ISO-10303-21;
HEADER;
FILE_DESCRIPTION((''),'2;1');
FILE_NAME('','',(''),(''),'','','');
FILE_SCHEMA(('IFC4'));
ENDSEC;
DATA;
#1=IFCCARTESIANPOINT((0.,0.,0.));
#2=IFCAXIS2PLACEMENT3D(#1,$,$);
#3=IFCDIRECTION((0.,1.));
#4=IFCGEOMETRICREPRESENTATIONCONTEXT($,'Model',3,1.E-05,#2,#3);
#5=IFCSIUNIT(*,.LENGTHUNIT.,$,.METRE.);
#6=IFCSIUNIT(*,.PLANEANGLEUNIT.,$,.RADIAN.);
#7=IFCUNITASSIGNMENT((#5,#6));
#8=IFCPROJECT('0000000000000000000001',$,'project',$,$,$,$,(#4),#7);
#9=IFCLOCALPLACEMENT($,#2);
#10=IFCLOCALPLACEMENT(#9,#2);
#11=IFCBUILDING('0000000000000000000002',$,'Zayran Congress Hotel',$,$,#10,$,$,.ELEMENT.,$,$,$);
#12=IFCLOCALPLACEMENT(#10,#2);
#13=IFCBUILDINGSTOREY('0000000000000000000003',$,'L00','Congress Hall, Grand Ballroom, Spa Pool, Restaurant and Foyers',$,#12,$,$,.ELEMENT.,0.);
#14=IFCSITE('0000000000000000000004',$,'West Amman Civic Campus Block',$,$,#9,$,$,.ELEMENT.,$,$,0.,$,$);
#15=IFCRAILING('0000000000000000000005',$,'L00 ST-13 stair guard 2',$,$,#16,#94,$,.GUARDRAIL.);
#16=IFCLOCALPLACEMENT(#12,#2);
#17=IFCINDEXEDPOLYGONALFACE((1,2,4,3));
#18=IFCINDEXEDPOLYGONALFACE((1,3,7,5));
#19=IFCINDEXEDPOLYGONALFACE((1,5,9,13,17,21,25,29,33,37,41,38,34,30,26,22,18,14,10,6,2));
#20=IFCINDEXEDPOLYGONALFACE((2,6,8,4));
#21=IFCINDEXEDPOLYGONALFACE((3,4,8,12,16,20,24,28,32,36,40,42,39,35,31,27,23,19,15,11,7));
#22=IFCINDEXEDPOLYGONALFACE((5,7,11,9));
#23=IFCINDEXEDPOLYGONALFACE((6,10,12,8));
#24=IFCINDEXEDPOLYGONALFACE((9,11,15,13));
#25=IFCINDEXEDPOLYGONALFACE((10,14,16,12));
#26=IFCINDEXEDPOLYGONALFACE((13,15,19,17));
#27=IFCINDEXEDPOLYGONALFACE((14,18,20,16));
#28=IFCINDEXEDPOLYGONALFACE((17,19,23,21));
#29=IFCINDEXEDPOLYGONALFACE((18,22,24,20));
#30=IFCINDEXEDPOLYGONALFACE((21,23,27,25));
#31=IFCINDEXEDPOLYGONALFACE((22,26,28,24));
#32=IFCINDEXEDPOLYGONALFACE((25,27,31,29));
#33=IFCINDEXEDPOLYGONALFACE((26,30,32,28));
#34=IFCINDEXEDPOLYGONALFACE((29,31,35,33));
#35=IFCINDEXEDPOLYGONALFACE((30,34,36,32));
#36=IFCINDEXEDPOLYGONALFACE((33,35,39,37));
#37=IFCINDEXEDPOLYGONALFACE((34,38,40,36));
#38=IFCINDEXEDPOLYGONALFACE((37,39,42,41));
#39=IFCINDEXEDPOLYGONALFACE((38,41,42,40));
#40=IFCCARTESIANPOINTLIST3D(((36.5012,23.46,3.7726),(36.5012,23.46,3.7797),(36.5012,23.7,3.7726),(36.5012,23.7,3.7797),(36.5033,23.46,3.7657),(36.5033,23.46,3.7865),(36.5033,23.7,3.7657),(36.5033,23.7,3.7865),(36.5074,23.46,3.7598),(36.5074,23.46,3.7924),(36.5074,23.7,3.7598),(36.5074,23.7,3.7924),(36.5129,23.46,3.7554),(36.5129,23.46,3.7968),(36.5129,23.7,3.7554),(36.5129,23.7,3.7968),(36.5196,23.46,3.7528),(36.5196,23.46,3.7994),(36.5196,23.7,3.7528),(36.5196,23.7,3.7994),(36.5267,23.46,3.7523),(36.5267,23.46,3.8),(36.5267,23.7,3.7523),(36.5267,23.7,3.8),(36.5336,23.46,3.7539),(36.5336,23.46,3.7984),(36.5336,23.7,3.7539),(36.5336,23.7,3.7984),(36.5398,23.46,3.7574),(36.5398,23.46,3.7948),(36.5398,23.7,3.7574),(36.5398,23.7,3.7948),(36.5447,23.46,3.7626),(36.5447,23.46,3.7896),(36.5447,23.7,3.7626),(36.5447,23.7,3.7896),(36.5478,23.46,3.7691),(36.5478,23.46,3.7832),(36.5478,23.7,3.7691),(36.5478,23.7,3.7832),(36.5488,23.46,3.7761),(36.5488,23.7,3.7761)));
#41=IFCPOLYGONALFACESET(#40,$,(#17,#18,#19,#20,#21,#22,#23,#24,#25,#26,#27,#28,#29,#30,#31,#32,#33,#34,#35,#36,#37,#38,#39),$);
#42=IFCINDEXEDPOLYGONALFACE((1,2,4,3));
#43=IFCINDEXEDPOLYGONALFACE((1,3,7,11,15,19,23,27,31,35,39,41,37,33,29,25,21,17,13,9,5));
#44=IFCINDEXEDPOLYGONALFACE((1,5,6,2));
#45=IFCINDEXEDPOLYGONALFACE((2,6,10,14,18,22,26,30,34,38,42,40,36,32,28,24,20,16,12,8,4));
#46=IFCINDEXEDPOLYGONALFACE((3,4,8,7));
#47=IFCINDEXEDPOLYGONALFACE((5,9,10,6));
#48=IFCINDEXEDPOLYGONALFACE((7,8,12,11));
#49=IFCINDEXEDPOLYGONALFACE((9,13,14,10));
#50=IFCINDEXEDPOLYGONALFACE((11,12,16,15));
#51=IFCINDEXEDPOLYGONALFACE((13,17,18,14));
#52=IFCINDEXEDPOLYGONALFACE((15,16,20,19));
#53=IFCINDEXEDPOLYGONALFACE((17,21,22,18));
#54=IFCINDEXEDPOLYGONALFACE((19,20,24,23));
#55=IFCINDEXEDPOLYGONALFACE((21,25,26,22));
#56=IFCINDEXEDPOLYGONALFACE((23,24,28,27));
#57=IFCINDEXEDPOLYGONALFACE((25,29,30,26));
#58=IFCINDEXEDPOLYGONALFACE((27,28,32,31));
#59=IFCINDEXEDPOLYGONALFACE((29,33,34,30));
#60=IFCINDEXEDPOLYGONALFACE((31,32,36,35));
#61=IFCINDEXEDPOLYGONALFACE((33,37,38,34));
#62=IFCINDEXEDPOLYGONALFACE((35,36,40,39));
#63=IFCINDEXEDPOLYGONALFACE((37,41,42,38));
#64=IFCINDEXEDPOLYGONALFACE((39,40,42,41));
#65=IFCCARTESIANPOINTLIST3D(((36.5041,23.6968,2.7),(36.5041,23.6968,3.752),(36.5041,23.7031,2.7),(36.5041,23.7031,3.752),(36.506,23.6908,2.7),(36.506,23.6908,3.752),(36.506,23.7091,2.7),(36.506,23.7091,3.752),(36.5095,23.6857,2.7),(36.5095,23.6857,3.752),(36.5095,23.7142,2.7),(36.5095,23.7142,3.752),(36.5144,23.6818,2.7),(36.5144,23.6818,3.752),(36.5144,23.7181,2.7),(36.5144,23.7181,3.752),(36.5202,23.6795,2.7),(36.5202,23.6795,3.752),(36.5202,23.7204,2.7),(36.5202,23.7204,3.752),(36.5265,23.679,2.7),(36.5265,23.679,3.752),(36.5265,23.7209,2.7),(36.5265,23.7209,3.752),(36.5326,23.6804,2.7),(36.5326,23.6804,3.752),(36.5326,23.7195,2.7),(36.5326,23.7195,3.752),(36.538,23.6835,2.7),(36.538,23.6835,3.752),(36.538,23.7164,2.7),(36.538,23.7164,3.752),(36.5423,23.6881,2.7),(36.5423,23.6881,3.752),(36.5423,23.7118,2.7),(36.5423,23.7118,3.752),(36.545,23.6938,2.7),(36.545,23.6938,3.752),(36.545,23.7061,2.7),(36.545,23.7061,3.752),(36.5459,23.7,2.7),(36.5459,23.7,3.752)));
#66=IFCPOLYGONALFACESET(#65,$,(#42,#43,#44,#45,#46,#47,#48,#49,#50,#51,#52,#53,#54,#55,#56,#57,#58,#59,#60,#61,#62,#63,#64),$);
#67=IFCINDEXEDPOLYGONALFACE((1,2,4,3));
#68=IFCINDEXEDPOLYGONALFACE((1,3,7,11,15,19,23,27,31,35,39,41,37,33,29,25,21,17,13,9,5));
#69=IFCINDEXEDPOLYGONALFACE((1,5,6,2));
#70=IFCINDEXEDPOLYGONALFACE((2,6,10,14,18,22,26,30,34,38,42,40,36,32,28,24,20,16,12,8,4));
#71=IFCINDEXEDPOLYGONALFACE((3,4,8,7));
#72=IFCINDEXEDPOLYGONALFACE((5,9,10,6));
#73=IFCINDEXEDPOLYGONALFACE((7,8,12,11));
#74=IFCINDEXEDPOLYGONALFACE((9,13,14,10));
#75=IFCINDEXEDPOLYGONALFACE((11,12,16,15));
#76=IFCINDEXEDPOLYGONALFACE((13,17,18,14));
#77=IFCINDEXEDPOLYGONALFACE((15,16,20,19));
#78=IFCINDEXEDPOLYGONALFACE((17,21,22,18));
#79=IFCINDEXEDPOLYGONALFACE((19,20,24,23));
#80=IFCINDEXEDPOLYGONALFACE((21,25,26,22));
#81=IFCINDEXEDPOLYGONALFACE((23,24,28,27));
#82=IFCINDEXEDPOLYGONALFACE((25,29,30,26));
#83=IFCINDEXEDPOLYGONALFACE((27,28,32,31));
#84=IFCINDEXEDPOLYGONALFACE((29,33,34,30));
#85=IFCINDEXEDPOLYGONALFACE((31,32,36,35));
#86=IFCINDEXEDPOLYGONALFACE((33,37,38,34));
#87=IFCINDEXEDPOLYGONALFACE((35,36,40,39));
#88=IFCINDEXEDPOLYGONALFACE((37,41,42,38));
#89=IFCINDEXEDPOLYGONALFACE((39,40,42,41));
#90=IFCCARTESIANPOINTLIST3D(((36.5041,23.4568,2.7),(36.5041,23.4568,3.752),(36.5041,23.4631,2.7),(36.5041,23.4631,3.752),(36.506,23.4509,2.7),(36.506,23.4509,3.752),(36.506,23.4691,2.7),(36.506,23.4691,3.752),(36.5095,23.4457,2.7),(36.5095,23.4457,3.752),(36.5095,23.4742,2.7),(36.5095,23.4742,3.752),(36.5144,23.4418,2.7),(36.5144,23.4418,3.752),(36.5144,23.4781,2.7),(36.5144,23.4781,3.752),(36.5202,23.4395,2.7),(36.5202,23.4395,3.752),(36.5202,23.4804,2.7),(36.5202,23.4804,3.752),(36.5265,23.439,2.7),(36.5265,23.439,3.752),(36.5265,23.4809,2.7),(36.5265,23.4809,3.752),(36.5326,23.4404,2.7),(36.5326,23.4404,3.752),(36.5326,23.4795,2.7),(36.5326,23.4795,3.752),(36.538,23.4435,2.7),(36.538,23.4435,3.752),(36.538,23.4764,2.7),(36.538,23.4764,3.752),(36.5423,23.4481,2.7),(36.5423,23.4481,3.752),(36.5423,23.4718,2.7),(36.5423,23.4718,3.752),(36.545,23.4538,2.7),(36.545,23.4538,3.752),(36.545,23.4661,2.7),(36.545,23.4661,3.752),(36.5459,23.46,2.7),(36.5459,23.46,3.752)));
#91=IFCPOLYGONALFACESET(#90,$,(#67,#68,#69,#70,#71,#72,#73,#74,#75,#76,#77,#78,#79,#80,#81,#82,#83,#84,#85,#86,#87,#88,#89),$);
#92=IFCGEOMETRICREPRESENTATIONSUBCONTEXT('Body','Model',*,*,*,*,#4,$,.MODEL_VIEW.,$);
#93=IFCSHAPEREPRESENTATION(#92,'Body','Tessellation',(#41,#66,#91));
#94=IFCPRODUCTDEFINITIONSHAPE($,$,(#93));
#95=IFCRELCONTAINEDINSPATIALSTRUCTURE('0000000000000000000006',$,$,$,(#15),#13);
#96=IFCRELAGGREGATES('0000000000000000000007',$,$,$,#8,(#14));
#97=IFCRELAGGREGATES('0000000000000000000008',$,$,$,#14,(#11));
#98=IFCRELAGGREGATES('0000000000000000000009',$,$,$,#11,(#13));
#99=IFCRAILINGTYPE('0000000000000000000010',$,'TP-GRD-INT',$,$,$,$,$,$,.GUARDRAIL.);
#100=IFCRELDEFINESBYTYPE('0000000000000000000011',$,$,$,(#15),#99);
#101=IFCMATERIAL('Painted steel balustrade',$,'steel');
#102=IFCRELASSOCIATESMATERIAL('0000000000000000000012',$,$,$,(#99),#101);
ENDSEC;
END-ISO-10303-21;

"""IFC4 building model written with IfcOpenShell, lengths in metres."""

from ifc_helpers import new_model, si_unit, direction, frame, origin, origin_2d, place, context, subcontext, project, spatial, circle, extrude, material, type_object, element, save


model = new_model("IFC4")

# Units and contexts
model_context = context("Model", 3, precision=1e-05, world=origin(), true_north=direction((0.0, 1.0)))
body_context = subcontext(model_context, "Body", "Model", "MODEL_VIEW")
ifc_project = project(units=[si_unit("LENGTHUNIT", "METRE"), si_unit("PLANEANGLEUNIT", "RADIAN")], contexts=[model_context])

# Site, building, storey
site_placement = place(None, origin())
site = spatial("IfcSite", under=ifc_project, at=site_placement, Name="West Amman Civic Campus Block", CompositionType="ELEMENT", RefElevation=0.0)
building_placement = place(site_placement, origin())
building = spatial("IfcBuilding", under=site, at=building_placement, Name="Zayran Congress Hotel", CompositionType="ELEMENT")
storey_placement = place(building_placement, origin())
storey = spatial("IfcBuildingStorey", under=building, at=storey_placement, Name="L00", Description="Congress Hall, Grand Ballroom, Spa Pool, Restaurant and Foyers", CompositionType="ELEMENT", Elevation=0.0)

# Railing
ifc_material_1 = material(Name="Painted steel balustrade", Category="steel")
railing_type_1 = type_object("IfcRailingType", Name="TP-GRD-INT", PredefinedType="GUARDRAIL", material=ifc_material_1)
railing_1_placement = place(storey_placement, frame((36.5249, 23.7, 2.7)))
element("IfcRailing", 1, at=railing_1_placement, inside=storey, type_object=railing_type_1, Name="L00 ST-13 stair guard 2", PredefinedType="GUARDRAIL", context=body_context, shape_type="SweptSolid", body=[
    extrude(circle(Radius=0.0239, at=origin_2d()), frame((0.0, 0.0, 1.0762), z_axis=(0.0, -1.0, 0.0), x_axis=(1.0, 0.0, 0.0)), (0.0, 0.0, 1.0), 0.24),
    extrude(circle(Radius=0.021, at=origin_2d()), origin(), (0.0, 0.0, 1.0), 1.052),
    extrude(circle(Radius=0.021, at=origin_2d()), frame((0.0, -0.24, 0.0)), (0.0, 0.0, 1.0), 1.052),
])

save(model, "model.ifc")
